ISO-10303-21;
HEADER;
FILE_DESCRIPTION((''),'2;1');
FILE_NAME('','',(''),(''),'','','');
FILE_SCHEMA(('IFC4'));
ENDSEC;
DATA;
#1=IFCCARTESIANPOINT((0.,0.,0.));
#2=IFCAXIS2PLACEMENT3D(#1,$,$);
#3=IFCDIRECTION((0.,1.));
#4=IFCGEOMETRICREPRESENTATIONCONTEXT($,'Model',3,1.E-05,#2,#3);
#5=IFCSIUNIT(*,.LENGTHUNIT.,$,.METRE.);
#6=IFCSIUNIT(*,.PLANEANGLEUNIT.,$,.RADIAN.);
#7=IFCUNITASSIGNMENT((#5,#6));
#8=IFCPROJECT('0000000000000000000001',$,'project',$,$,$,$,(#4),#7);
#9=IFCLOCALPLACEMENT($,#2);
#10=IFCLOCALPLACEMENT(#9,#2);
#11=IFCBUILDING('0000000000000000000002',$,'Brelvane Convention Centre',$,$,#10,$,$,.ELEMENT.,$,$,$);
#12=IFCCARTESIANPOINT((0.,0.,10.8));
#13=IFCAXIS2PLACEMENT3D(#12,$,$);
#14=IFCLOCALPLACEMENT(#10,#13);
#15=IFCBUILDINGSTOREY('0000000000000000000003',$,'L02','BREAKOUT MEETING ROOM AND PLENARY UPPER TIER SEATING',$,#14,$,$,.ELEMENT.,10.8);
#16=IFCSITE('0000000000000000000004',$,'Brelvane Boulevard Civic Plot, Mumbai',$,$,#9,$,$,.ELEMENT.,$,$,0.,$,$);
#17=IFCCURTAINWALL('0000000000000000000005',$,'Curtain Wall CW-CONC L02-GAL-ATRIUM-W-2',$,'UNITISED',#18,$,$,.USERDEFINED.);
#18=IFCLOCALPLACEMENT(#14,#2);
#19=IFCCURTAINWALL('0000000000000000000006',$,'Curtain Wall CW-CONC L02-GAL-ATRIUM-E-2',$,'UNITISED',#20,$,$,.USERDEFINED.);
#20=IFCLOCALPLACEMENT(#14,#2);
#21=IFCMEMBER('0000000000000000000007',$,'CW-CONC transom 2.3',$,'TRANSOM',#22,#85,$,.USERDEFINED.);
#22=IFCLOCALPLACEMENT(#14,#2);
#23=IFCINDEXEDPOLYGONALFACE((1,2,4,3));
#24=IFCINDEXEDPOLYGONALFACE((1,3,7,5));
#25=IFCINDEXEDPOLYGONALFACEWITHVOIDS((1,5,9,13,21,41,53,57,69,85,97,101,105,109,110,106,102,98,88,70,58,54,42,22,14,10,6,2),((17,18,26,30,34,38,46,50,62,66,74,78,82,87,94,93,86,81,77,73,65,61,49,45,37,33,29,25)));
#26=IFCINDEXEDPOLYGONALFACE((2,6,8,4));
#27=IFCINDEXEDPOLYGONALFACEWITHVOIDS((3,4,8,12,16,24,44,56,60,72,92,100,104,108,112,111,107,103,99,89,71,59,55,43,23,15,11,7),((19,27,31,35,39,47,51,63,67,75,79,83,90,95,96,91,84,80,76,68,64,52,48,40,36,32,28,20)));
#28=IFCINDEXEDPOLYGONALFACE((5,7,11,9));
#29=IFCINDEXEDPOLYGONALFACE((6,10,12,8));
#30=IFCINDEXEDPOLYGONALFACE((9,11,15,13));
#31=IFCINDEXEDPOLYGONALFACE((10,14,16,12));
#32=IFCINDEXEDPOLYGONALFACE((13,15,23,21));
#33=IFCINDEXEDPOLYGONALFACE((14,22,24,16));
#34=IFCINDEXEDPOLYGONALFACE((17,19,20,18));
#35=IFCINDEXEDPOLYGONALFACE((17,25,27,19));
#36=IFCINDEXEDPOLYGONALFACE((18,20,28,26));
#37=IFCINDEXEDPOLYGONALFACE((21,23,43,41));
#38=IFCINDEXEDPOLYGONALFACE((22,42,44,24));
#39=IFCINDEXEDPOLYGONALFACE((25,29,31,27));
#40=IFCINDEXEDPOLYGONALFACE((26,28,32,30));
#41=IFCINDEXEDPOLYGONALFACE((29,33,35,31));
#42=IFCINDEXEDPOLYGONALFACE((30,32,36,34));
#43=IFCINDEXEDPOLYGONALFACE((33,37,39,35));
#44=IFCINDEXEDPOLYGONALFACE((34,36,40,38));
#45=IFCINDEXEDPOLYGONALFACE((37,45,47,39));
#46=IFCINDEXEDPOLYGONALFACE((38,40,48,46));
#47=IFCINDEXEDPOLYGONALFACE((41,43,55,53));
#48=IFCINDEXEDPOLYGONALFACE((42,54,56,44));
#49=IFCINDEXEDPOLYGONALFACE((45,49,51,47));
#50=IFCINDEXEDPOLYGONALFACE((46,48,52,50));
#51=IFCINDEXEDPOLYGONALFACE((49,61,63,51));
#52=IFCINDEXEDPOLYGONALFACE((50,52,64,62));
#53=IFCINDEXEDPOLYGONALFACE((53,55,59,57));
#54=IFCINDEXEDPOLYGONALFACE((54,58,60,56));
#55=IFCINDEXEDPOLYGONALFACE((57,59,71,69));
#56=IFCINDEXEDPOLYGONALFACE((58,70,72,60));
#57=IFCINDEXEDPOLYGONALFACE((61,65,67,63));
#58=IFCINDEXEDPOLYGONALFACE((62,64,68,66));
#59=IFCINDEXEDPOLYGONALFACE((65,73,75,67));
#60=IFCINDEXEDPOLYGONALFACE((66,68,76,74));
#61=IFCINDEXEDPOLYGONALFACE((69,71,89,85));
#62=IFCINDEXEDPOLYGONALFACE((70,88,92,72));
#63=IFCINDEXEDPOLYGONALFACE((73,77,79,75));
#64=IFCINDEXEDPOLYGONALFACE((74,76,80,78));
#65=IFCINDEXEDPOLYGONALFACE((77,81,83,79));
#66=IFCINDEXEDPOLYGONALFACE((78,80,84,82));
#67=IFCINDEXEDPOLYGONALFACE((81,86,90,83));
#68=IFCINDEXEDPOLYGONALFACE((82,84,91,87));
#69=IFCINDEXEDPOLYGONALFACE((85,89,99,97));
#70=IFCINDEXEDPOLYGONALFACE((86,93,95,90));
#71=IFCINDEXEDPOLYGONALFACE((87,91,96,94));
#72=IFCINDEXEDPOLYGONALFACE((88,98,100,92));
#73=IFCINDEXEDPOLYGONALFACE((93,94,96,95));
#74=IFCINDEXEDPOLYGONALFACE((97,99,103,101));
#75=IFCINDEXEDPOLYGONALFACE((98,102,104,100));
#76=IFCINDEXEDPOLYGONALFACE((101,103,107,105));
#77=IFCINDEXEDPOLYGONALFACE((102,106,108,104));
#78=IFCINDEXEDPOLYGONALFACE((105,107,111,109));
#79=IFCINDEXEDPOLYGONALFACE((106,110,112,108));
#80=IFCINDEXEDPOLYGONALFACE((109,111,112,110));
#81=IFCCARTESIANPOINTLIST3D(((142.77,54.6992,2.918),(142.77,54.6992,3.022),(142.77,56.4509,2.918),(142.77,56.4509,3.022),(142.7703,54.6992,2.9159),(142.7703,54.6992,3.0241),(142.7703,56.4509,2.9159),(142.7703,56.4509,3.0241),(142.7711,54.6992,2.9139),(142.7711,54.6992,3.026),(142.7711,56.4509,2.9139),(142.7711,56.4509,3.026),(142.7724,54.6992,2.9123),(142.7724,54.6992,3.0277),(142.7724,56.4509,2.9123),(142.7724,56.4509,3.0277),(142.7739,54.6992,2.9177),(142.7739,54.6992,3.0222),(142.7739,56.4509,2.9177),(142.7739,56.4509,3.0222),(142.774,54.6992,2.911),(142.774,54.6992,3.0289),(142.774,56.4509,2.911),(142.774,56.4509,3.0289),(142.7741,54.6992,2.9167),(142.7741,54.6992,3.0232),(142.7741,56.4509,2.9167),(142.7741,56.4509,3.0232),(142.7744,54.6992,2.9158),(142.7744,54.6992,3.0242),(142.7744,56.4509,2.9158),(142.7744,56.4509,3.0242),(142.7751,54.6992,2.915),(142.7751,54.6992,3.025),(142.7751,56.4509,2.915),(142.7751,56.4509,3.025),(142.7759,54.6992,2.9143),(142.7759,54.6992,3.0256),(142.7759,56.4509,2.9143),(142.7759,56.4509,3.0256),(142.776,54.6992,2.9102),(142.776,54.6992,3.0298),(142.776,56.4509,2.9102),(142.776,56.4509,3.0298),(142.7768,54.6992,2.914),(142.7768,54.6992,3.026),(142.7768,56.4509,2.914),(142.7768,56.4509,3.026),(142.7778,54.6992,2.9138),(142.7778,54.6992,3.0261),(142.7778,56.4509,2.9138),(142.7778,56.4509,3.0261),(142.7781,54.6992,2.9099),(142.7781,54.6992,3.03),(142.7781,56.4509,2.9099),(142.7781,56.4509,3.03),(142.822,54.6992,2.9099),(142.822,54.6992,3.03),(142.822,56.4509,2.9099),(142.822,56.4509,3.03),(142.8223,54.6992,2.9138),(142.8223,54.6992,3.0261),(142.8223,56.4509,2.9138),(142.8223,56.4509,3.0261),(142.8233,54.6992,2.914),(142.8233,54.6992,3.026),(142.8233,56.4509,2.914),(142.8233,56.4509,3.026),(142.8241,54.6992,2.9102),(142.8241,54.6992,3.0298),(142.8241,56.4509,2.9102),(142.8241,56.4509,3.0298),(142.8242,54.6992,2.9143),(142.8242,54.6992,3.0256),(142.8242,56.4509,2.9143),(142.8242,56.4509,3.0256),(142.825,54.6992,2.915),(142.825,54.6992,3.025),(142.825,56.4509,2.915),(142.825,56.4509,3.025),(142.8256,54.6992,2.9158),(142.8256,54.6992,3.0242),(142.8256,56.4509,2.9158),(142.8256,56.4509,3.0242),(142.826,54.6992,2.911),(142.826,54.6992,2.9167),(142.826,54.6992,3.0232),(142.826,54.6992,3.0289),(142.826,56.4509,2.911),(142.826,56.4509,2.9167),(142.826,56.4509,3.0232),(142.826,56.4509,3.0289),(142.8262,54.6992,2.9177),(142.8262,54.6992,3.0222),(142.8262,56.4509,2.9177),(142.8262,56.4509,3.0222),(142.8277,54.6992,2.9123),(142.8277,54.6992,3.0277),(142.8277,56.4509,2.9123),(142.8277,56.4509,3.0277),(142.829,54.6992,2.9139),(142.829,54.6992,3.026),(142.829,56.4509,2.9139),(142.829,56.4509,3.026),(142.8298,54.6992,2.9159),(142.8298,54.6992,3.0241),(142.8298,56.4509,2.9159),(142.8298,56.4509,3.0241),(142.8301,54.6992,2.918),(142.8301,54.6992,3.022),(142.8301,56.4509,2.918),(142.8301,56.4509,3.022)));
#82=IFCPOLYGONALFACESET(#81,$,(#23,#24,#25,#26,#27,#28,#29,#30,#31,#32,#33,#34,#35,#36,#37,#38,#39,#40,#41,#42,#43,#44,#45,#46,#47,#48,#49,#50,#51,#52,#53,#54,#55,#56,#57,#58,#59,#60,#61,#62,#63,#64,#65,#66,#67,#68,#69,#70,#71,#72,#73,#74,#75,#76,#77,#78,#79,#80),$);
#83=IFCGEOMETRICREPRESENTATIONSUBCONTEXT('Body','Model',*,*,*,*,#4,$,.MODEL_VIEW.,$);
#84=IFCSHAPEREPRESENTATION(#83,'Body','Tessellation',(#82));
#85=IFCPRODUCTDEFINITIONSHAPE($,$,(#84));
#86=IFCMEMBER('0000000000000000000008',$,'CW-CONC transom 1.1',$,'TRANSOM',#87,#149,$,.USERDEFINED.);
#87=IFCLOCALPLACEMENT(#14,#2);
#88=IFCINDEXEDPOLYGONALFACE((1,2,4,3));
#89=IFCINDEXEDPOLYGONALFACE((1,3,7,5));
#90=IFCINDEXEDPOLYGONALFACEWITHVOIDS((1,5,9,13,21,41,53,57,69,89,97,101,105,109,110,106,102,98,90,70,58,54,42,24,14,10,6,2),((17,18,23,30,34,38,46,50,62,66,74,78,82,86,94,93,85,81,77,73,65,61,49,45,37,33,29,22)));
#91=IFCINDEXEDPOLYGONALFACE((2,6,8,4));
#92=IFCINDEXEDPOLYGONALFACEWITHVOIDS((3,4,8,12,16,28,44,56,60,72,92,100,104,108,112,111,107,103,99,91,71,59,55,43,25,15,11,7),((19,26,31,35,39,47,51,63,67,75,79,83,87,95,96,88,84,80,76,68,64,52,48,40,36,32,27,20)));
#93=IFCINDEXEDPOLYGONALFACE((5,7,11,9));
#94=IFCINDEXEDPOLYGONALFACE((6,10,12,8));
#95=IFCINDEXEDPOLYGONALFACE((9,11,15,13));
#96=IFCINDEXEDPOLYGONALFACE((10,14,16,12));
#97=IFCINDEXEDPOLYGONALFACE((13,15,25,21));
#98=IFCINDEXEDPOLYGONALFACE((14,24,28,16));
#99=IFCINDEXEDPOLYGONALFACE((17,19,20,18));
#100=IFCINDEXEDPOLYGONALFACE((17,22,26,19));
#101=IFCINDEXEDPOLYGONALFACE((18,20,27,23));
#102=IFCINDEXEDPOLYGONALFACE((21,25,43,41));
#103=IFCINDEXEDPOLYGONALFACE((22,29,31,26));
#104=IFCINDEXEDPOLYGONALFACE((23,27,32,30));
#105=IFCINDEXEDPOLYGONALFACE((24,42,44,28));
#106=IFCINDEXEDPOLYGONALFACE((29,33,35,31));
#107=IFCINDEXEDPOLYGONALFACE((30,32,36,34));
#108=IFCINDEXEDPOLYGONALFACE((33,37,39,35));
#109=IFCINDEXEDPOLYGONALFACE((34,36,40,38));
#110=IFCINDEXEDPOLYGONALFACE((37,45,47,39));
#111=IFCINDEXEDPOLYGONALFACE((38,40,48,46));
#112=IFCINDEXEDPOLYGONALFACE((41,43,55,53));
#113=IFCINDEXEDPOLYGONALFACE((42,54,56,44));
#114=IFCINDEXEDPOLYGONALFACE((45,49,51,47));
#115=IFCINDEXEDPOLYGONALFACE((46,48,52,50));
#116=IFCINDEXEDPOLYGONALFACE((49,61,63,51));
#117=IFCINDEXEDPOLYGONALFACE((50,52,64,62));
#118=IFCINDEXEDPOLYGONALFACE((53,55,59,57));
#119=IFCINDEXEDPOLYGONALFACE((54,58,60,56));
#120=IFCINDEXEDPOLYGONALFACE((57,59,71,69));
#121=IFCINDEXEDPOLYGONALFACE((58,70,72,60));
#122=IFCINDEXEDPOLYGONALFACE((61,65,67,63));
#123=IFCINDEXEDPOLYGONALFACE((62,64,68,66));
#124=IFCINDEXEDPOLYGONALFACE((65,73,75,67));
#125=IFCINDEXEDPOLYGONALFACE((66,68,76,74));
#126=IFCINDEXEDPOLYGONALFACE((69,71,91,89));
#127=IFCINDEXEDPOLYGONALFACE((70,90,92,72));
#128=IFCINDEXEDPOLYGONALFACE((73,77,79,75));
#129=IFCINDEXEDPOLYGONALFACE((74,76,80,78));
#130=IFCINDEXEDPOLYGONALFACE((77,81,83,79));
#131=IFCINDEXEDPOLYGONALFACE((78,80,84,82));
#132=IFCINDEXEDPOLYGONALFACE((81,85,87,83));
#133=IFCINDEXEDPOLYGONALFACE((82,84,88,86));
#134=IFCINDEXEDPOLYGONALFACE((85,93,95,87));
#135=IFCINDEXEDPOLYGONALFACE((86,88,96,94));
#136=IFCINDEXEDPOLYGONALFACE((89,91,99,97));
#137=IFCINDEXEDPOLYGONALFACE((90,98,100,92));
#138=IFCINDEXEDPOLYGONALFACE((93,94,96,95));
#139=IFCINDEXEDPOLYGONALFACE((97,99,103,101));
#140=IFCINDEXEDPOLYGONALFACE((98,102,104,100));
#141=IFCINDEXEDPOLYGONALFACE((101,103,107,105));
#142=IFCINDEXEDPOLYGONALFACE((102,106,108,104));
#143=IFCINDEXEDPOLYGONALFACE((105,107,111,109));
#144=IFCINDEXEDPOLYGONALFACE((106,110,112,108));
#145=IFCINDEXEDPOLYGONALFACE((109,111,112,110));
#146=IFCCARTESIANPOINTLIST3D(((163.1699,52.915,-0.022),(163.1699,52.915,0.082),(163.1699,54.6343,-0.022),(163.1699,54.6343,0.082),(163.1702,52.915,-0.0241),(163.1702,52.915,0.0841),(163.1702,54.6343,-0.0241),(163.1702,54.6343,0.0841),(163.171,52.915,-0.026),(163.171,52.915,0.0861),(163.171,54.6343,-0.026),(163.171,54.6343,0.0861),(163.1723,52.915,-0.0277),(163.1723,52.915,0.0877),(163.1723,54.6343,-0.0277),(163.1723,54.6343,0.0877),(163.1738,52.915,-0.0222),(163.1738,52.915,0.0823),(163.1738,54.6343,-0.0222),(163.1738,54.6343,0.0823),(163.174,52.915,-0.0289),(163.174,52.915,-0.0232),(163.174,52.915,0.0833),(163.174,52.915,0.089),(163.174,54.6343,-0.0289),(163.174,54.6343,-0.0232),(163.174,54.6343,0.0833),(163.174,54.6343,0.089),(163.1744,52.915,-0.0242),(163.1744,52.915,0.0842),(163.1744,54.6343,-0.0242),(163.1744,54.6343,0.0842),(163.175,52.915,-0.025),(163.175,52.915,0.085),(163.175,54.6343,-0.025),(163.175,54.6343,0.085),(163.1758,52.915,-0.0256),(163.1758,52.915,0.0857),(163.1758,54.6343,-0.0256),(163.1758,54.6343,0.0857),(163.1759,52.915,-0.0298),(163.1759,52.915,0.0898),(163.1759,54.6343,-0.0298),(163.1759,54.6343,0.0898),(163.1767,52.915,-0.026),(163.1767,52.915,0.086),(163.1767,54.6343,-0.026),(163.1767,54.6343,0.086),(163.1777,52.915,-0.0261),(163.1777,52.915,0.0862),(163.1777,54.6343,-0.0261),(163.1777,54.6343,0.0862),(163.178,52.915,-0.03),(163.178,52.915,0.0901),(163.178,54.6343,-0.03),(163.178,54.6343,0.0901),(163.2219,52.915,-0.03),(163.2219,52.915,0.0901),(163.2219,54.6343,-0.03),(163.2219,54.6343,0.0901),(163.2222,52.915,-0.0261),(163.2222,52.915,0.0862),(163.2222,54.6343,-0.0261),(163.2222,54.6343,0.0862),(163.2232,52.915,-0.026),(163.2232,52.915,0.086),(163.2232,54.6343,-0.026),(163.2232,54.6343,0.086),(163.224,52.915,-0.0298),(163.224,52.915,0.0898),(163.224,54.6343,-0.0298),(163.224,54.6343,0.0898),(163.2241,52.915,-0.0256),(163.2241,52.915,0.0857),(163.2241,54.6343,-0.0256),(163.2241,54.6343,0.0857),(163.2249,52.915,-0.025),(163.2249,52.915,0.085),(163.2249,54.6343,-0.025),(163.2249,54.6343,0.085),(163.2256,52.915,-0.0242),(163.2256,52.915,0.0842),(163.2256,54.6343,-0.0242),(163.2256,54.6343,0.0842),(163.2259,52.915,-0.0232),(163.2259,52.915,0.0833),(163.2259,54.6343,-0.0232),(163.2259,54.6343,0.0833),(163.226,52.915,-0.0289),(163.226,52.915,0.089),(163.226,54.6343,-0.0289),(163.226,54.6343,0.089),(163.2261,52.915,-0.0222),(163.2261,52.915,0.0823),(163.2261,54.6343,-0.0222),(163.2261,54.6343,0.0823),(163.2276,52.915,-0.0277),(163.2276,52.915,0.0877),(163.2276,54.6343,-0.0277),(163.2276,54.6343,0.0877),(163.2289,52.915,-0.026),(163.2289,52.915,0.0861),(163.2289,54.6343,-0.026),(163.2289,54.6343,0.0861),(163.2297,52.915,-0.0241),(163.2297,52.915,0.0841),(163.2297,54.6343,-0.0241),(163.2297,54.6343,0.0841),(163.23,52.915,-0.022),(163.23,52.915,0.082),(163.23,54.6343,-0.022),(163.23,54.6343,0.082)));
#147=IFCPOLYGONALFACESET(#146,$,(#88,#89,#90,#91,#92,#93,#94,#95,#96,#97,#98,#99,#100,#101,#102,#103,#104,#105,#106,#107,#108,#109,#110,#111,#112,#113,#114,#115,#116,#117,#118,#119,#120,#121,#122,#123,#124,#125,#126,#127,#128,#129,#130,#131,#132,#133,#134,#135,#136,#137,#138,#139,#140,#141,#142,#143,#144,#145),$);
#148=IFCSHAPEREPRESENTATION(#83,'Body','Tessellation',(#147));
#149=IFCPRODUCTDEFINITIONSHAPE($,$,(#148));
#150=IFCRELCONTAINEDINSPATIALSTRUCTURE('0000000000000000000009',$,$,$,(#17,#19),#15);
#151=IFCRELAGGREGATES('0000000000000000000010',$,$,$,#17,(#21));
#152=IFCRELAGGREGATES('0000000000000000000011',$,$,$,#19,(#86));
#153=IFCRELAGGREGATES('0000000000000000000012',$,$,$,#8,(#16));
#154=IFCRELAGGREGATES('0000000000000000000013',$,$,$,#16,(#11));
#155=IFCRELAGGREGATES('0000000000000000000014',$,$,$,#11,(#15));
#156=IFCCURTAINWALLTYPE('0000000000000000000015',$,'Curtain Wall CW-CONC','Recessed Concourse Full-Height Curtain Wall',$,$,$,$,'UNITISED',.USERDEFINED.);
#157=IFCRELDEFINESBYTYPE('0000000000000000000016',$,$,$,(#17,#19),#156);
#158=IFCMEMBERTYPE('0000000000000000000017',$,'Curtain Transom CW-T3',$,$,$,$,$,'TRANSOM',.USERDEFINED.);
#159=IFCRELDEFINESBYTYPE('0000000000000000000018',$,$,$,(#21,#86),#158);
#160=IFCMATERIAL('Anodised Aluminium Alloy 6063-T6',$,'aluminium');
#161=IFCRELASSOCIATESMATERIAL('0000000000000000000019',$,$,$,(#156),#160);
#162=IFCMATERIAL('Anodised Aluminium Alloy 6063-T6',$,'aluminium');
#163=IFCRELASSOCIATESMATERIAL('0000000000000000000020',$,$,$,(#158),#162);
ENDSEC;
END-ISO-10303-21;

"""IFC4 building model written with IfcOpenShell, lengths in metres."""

from ifc_helpers import new_model, si_unit, direction, frame, origin, origin_2d, place, context, subcontext, project, spatial, hollow_rectangle, extrude, material, material_profile, profile_set, type_object, element, aggregate, save


model = new_model("IFC4")

# Units and contexts
model_context = context("Model", 3, precision=1e-05, world=origin(), true_north=direction((0.0, 1.0)))
body_context = subcontext(model_context, "Body", "Model", "MODEL_VIEW")
ifc_project = project(units=[si_unit("LENGTHUNIT", "METRE"), si_unit("PLANEANGLEUNIT", "RADIAN")], contexts=[model_context])

# Site, building, storey
site_placement = place(None, origin())
site = spatial("IfcSite", under=ifc_project, at=site_placement, Name="Brelvane Boulevard Civic Plot, Mumbai", CompositionType="ELEMENT", RefElevation=0.0)
building_placement = place(site_placement, origin())
building = spatial("IfcBuilding", under=site, at=building_placement, Name="Brelvane Convention Centre", CompositionType="ELEMENT")
storey_placement = place(building_placement, frame((0.0, 0.0, 10.8)))
storey = spatial("IfcBuildingStorey", under=building, at=storey_placement, Name="L02", Description="BREAKOUT MEETING ROOM AND PLENARY UPPER TIER SEATING", CompositionType="ELEMENT", Elevation=10.8)

# Curtain walls
ifc_material_1 = material(Name="Anodised Aluminium Alloy 6063-T6", Category="aluminium")
curtain_wall_type = type_object("IfcCurtainWallType", Name="Curtain Wall CW-CONC", Description="Recessed Concourse Full-Height Curtain Wall", ElementType="UNITISED", PredefinedType="USERDEFINED", material=ifc_material_1)
curtain_wall_1_placement = place(storey_placement, origin())
curtain_wall_1 = element("IfcCurtainWall", 1, at=curtain_wall_1_placement, inside=storey, type_object=curtain_wall_type, Name="Curtain Wall CW-CONC L02-GAL-ATRIUM-W-2", ObjectType="UNITISED", PredefinedType="USERDEFINED")
curtain_wall_2_placement = place(storey_placement, origin())
curtain_wall_2 = element("IfcCurtainWall", 2, at=curtain_wall_2_placement, inside=storey, type_object=curtain_wall_type, Name="Curtain Wall CW-CONC L02-GAL-ATRIUM-E-2", ObjectType="UNITISED", PredefinedType="USERDEFINED")

# Members
ifc_material_2 = material(Name="Anodised Aluminium Alloy 6063-T6", Category="aluminium")
ifc_material_profile_1 = material_profile(ifc_material_2, hollow_rectangle(XDim=0.0601, YDim=0.1201, WallThickness=0.0039, InnerFilletRadius=0.0039, OuterFilletRadius=0.0081, at=origin_2d()), Name="ALU-T 120x60x4.0")
ifc_profile_set_1 = profile_set([ifc_material_profile_1], Name="Anodised Aluminium Alloy 6063-T6")
member_type_1 = type_object("IfcMemberType", Name="Curtain Transom CW-T3", ElementType="TRANSOM", PredefinedType="USERDEFINED", material=ifc_profile_set_1)
member_1_placement = place(storey_placement, frame((142.8, 54.6992, 2.97), z_axis=(0.0, 1.0, 0.0), x_axis=(-1.0, 0.0, 0.0)))
member_1 = element("IfcMember", 3, at=member_1_placement, type_object=member_type_1, Name="CW-CONC transom 2.3", ObjectType="TRANSOM", PredefinedType="USERDEFINED", context=body_context, shape_type="SweptSolid", body=[
    extrude(hollow_rectangle(XDim=0.0601, YDim=0.1201, WallThickness=0.0039, InnerFilletRadius=0.0039, OuterFilletRadius=0.0081, at=origin_2d()), origin(), (0.0, 0.0, 1.0), 1.7517),
])
member_2_placement = place(storey_placement, frame((163.2, 52.915, 0.03), z_axis=(0.0, 1.0, 0.0), x_axis=(-1.0, 0.0, 0.0)))
member_2 = element("IfcMember", 4, at=member_2_placement, type_object=member_type_1, Name="CW-CONC transom 1.1", ObjectType="TRANSOM", PredefinedType="USERDEFINED", context=body_context, shape_type="SweptSolid", body=[
    extrude(hollow_rectangle(XDim=0.0601, YDim=0.1201, WallThickness=0.0039, InnerFilletRadius=0.0039, OuterFilletRadius=0.0081, at=origin_2d()), origin(), (0.0, 0.0, 1.0), 1.7192),
])

aggregate(curtain_wall_1, [member_1])
aggregate(curtain_wall_2, [member_2])

save(model, "model.ifc")
